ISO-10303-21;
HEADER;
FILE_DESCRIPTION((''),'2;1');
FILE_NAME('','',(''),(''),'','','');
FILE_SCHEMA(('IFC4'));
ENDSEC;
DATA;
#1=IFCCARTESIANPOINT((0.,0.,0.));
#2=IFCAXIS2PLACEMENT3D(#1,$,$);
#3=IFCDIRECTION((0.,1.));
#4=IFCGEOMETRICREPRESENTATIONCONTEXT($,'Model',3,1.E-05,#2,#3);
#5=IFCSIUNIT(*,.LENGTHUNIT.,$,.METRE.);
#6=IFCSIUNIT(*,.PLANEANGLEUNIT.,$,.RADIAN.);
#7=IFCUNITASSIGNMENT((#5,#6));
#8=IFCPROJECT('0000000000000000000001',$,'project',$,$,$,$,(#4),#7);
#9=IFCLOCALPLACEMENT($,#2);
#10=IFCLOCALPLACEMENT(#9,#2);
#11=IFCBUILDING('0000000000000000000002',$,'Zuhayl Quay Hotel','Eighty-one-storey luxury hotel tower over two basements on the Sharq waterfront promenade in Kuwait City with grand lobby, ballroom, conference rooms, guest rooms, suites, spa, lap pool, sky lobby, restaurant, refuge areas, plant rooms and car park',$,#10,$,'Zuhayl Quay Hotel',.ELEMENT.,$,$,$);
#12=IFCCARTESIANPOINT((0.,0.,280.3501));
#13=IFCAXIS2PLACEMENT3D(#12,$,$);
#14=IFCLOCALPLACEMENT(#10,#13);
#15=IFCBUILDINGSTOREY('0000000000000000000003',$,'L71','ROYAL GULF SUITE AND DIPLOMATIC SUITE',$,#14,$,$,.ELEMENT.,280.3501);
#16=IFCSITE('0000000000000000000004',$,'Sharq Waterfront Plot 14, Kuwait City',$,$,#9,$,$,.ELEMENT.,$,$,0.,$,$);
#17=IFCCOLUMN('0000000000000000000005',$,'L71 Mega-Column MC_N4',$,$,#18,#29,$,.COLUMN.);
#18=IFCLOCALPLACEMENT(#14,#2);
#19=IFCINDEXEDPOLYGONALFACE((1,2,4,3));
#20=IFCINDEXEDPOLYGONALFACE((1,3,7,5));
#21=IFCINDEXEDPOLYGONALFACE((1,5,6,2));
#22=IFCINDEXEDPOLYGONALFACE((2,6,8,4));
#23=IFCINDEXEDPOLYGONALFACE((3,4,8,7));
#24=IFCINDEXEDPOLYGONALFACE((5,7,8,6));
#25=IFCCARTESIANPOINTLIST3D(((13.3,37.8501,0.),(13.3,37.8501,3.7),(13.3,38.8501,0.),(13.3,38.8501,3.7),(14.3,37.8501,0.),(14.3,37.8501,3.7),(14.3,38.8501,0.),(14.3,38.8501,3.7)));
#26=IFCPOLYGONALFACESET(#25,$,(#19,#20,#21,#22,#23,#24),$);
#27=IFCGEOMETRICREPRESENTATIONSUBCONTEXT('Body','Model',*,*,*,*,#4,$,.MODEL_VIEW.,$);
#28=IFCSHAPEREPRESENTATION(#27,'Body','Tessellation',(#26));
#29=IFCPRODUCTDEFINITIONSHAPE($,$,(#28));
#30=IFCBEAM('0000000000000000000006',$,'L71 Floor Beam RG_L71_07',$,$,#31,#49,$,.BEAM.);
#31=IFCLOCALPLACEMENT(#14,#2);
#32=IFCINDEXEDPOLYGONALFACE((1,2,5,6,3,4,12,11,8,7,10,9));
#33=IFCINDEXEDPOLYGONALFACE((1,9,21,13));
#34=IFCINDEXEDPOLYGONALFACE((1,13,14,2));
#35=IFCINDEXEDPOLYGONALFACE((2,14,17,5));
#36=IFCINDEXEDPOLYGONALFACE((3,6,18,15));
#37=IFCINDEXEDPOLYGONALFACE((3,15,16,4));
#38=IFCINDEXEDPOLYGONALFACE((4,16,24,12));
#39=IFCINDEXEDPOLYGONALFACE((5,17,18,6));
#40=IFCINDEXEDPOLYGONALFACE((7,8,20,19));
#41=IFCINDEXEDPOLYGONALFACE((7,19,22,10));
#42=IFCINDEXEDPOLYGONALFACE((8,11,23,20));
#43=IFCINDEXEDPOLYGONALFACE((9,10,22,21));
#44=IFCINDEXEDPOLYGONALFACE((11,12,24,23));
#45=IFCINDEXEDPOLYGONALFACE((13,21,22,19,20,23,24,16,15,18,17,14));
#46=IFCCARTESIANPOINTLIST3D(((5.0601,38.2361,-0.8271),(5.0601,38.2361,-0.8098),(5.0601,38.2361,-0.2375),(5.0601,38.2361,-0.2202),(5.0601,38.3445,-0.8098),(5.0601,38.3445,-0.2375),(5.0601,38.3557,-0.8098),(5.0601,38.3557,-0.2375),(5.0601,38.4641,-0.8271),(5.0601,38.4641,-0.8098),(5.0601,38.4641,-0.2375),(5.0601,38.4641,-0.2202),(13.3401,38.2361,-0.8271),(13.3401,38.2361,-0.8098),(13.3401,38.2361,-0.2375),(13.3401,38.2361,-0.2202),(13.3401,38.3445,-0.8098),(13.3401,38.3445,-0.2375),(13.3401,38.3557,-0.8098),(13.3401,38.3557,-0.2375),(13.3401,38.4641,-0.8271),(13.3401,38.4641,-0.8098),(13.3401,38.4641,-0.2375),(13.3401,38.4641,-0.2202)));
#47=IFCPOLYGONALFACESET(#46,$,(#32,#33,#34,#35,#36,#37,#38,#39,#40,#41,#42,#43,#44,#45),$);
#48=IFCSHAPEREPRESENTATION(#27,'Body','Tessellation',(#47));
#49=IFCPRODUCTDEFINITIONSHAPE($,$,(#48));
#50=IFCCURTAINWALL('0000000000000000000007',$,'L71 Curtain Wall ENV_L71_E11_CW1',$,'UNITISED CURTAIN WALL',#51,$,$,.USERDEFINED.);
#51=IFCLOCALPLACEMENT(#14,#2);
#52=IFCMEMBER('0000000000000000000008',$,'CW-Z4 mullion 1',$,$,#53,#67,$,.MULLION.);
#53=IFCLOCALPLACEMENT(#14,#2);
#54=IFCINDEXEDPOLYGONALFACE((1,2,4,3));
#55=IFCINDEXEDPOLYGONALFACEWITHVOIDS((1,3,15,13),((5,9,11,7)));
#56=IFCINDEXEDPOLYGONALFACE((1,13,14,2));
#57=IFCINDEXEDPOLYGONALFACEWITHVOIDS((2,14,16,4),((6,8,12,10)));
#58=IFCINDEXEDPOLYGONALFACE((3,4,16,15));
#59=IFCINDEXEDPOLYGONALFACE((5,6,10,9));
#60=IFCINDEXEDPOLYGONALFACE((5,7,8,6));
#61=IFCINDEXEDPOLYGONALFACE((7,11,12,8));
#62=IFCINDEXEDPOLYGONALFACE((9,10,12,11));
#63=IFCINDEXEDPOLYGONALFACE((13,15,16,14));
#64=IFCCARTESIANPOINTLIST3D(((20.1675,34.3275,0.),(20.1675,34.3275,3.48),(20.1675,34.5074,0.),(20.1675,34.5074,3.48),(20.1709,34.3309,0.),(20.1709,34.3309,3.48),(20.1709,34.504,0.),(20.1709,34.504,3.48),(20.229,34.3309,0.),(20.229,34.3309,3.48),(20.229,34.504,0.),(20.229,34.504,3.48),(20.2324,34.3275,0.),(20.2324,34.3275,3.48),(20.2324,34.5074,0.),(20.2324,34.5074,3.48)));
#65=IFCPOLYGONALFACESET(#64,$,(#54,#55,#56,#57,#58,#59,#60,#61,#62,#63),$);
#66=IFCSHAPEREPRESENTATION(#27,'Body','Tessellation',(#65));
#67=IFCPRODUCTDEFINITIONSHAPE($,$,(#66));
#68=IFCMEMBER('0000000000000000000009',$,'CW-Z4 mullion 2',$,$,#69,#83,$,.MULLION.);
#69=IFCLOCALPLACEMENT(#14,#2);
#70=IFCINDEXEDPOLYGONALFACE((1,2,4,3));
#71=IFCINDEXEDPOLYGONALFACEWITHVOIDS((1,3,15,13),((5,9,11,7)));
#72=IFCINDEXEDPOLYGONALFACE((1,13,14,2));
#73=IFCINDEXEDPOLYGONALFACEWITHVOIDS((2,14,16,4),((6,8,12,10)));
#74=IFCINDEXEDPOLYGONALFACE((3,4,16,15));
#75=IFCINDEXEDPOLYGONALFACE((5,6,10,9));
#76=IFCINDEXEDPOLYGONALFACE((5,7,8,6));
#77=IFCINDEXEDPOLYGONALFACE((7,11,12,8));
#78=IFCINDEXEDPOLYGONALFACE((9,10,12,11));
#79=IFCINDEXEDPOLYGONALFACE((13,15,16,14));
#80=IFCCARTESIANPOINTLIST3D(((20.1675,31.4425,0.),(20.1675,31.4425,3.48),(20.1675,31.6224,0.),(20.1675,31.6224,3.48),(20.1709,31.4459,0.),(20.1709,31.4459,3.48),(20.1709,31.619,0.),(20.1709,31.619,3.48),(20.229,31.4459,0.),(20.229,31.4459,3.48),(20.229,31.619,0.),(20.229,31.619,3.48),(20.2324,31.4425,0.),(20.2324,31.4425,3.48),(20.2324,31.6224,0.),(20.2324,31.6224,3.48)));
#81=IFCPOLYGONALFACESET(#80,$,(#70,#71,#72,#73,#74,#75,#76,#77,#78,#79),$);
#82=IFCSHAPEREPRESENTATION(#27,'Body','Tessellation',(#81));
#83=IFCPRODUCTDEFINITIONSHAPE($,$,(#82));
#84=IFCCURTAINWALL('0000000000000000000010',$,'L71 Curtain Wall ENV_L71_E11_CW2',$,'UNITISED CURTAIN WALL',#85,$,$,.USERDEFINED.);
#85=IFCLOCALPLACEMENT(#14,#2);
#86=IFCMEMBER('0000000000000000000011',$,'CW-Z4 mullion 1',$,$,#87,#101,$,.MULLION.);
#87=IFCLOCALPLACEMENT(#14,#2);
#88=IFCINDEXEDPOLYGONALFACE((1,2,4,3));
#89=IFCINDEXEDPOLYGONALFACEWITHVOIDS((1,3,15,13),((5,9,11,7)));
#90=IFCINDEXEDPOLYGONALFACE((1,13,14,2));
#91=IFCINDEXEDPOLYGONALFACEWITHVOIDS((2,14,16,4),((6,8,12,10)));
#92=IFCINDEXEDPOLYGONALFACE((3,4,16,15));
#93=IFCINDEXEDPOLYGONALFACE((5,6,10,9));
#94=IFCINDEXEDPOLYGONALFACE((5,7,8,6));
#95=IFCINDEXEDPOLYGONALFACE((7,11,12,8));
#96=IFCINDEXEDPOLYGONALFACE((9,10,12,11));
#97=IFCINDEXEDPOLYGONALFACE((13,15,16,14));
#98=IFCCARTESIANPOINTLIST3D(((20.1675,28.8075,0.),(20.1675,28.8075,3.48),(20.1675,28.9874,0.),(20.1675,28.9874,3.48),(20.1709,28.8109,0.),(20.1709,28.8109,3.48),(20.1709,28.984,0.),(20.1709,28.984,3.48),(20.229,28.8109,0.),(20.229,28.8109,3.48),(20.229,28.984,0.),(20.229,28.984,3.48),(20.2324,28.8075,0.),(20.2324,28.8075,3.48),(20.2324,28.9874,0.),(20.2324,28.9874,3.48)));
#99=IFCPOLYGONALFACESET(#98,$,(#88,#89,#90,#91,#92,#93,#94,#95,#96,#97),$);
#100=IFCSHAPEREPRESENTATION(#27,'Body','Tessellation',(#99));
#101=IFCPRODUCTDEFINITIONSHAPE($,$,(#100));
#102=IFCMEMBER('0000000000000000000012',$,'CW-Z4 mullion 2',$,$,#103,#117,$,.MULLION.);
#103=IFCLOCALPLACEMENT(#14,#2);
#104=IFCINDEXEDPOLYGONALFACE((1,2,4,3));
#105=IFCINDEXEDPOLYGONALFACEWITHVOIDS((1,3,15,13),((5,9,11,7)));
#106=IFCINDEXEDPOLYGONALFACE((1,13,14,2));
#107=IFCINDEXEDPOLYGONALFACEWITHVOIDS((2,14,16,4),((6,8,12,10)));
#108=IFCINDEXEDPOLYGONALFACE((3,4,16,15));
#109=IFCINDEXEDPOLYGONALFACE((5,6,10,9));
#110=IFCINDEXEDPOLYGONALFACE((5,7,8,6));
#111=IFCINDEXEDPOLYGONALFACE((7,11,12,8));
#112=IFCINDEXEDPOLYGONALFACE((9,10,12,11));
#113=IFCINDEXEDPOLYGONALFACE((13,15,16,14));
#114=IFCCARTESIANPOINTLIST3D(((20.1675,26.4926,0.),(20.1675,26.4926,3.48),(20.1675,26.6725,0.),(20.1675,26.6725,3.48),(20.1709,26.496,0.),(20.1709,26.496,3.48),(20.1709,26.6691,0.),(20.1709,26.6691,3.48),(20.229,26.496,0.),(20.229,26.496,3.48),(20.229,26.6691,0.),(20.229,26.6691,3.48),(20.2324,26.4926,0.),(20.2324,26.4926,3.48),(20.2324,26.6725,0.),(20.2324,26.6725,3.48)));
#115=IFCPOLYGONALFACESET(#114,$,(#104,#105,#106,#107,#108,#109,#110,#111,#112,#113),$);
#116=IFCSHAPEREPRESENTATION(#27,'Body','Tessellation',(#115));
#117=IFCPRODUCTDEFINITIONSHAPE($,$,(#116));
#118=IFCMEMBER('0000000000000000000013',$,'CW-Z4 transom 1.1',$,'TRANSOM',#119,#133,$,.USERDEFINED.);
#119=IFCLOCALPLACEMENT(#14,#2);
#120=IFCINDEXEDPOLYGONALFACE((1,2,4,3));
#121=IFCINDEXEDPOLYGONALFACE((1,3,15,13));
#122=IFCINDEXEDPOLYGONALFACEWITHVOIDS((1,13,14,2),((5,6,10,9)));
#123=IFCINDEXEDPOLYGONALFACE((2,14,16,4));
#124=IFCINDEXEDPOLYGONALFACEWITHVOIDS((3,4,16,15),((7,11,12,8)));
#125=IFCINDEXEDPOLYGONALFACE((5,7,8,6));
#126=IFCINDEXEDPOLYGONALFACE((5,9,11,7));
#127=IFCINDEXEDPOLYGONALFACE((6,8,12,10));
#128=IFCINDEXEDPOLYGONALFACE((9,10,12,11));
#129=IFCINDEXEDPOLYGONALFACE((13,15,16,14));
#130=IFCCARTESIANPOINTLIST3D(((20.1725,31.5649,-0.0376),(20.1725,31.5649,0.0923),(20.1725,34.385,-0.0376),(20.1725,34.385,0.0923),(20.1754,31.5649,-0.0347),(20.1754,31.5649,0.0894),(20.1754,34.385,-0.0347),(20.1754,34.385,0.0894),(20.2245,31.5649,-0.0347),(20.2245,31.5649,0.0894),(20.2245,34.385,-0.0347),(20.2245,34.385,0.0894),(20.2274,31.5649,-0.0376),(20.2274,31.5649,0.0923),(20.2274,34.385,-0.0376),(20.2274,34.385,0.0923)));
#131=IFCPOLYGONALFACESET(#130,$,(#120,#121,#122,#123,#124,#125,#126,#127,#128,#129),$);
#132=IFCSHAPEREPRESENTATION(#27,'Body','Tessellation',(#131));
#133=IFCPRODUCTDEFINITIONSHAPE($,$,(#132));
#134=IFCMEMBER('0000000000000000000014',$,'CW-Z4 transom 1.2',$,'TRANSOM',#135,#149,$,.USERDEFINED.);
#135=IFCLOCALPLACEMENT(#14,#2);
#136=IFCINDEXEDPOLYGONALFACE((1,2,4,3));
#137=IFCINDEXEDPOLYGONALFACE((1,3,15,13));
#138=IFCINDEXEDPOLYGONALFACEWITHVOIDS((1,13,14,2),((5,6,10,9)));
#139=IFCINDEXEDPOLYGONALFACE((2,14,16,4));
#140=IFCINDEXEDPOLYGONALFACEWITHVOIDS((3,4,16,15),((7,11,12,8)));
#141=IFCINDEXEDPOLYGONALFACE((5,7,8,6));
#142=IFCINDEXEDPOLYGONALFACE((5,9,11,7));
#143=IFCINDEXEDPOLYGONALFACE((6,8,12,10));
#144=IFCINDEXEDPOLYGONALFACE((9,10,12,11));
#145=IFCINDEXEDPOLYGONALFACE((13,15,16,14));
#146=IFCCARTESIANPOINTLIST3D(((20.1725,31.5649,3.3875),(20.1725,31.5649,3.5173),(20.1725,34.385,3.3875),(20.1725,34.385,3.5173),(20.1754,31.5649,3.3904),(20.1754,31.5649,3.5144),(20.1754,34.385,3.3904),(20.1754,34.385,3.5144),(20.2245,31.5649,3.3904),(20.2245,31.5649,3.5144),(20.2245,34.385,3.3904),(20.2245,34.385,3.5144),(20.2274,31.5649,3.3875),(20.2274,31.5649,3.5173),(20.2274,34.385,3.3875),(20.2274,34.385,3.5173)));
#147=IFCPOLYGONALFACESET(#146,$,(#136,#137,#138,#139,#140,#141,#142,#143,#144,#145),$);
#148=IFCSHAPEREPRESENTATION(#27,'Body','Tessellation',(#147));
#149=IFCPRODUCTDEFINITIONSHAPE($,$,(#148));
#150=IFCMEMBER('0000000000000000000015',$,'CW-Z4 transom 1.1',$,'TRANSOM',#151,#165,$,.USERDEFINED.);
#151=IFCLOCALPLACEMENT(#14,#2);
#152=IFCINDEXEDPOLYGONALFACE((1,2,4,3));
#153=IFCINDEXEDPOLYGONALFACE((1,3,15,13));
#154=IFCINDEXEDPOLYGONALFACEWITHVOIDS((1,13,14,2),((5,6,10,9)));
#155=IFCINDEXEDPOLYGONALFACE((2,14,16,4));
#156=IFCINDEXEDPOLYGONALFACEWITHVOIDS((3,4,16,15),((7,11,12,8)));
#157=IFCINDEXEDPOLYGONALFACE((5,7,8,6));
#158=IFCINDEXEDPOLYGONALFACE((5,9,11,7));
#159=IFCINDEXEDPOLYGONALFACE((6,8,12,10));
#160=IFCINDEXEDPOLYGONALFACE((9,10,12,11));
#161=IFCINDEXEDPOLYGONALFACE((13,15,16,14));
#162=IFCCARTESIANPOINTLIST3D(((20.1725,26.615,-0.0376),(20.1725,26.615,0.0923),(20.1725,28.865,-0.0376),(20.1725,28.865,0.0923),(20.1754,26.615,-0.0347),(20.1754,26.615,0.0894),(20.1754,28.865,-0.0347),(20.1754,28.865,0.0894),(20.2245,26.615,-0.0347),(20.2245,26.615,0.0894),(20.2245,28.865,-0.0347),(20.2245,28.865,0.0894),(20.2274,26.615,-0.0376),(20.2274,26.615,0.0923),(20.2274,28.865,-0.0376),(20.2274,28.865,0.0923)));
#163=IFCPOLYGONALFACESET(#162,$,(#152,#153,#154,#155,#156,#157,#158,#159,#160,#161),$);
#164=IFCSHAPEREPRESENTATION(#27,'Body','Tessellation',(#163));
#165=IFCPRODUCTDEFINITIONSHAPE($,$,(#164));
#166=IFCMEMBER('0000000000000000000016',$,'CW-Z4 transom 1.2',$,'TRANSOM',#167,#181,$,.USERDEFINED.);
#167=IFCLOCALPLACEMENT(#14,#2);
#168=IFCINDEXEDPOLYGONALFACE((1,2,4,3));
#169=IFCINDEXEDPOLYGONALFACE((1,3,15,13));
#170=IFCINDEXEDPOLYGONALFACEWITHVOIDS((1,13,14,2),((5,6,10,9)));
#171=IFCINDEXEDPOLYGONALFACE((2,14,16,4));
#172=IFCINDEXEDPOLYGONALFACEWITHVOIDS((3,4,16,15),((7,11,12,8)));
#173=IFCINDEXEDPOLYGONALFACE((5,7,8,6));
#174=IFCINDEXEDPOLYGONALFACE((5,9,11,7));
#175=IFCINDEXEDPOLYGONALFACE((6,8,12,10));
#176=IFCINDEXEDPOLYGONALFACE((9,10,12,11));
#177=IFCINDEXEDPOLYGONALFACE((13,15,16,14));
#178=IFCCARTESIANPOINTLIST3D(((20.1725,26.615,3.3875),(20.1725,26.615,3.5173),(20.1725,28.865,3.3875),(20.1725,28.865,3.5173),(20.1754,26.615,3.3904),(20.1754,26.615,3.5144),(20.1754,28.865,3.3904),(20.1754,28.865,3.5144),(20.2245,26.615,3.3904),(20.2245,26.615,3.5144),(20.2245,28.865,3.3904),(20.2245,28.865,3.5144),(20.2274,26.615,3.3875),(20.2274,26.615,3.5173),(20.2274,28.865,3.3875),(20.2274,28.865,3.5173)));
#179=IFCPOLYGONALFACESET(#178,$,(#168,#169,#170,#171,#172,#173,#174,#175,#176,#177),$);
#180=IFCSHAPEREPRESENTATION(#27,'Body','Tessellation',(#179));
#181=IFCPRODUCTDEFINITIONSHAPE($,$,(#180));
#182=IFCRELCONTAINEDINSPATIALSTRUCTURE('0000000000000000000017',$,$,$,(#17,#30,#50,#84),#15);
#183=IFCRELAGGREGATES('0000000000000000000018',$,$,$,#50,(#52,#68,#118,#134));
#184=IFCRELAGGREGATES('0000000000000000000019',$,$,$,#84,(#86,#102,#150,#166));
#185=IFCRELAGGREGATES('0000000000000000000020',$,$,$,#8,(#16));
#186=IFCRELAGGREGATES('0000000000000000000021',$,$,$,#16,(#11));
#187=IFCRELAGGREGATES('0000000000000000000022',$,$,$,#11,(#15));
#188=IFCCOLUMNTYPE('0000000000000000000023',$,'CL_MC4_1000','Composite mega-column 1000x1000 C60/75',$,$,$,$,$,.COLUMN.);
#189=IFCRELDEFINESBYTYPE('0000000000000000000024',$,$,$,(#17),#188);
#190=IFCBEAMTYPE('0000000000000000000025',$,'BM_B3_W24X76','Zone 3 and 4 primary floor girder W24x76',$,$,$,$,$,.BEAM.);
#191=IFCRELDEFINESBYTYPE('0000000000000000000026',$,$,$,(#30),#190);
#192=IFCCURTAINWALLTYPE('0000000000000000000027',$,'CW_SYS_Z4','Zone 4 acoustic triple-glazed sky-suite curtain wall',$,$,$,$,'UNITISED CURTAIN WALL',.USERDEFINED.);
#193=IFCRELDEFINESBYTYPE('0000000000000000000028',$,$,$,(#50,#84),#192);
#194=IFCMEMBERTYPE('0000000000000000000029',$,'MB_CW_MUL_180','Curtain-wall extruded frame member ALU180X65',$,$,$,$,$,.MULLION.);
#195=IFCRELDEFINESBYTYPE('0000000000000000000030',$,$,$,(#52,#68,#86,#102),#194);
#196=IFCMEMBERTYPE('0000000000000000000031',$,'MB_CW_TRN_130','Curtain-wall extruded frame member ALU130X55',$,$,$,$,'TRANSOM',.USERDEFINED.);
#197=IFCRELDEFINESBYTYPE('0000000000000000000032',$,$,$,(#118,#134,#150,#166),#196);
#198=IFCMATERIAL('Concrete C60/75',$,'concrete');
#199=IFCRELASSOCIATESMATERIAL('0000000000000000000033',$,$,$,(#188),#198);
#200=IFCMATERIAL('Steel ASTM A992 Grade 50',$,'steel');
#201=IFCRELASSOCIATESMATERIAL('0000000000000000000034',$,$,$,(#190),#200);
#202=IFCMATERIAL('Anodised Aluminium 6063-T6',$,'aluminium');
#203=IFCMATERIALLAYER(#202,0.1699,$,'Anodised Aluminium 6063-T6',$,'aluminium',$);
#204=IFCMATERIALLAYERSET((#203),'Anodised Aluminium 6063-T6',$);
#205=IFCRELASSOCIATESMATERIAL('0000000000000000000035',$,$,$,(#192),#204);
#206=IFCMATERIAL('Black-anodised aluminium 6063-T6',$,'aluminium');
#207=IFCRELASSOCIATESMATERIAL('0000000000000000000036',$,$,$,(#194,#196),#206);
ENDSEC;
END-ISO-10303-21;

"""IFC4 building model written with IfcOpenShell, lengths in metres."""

from ifc_helpers import new_model, si_unit, direction, frame, origin, origin_2d, place, context, subcontext, project, spatial, rectangle, hollow_rectangle, i_section, extrude, material, layer, layer_set, material_profile, profile_set, type_object, element, aggregate, save


model = new_model("IFC4")

# Units and contexts
model_context = context("Model", 3, precision=1e-05, world=origin(), true_north=direction((0.0, 1.0)))
body_context = subcontext(model_context, "Body", "Model", "MODEL_VIEW")
ifc_project = project(units=[si_unit("LENGTHUNIT", "METRE"), si_unit("PLANEANGLEUNIT", "RADIAN")], contexts=[model_context])

# Site, building, storey
site_placement = place(None, origin())
site = spatial("IfcSite", under=ifc_project, at=site_placement, Name="Sharq Waterfront Plot 14, Kuwait City", CompositionType="ELEMENT", RefElevation=0.0)
building_placement = place(site_placement, origin())
building = spatial("IfcBuilding", under=site, at=building_placement, Name="Zuhayl Quay Hotel", Description="Eighty-one-storey luxury hotel tower over two basements on the Sharq waterfront promenade in Kuwait City with grand lobby, ballroom, conference rooms, guest rooms, suites, spa, lap pool, sky lobby, restaurant, refuge areas, plant rooms and car park", LongName="Zuhayl Quay Hotel", CompositionType="ELEMENT")
storey_placement = place(building_placement, frame((0.0, 0.0, 280.3501)))
storey = spatial("IfcBuildingStorey", under=building, at=storey_placement, Name="L71", Description="ROYAL GULF SUITE AND DIPLOMATIC SUITE", CompositionType="ELEMENT", Elevation=280.3501)

# Column
ifc_material_1 = material(Name="Concrete C60/75", Category="concrete")
ifc_material_profile_1 = material_profile(ifc_material_1, rectangle(XDim=1.0, YDim=1.0, at=origin_2d()), Name="RC1000X1000")
ifc_profile_set_1 = profile_set([ifc_material_profile_1], Name="Concrete C60/75")
column_type = type_object("IfcColumnType", Name="CL_MC4_1000", Description="Composite mega-column 1000x1000 C60/75", PredefinedType="COLUMN", material=ifc_profile_set_1)
column_placement = place(storey_placement, frame((13.8, 38.3501, 0.0), z_axis=(0.0, 0.0, 1.0), x_axis=(1.0, 0.0, 0.0)))
element("IfcColumn", 1, at=column_placement, inside=storey, type_object=column_type, Name="L71 Mega-Column MC_N4", PredefinedType="COLUMN", context=body_context, shape_type="SweptSolid", body=[
    extrude(rectangle(XDim=1.0, YDim=1.0, at=origin_2d()), origin(), (0.0, 0.0, 1.0), 3.7),
])

# Beam
ifc_material_2 = material(Name="Steel ASTM A992 Grade 50", Category="steel")
ifc_material_profile_2 = material_profile(ifc_material_2, i_section(OverallWidth=0.228, OverallDepth=0.6069, WebThickness=0.0112, FlangeThickness=0.0173, at=origin_2d()), Name="W24X76")
ifc_profile_set_2 = profile_set([ifc_material_profile_2], Name="Steel ASTM A992 Grade 50")
beam_type = type_object("IfcBeamType", Name="BM_B3_W24X76", Description="Zone 3 and 4 primary floor girder W24x76", PredefinedType="BEAM", material=ifc_profile_set_2)
beam_placement = place(storey_placement, frame((13.3401, 38.3501, -0.5237), z_axis=(-1.0, 0.0, 0.0), x_axis=(0.0, -1.0, 0.0)))
element("IfcBeam", 2, at=beam_placement, inside=storey, type_object=beam_type, Name="L71 Floor Beam RG_L71_07", PredefinedType="BEAM", context=body_context, shape_type="SweptSolid", body=[
    extrude(i_section(OverallWidth=0.228, OverallDepth=0.6069, WebThickness=0.0112, FlangeThickness=0.0173, at=origin_2d()), origin(), (0.0, 0.0, 1.0), 8.28),
])

# Curtain walls, members
ifc_material_3 = material(Name="Anodised Aluminium 6063-T6", Category="aluminium")
ifc_layer_1 = layer(ifc_material_3, 0.1699, Name="Anodised Aluminium 6063-T6", Category="aluminium")
ifc_layer_set_1 = layer_set([ifc_layer_1], Name="Anodised Aluminium 6063-T6")
curtain_wall_type = type_object("IfcCurtainWallType", Name="CW_SYS_Z4", Description="Zone 4 acoustic triple-glazed sky-suite curtain wall", ElementType="UNITISED CURTAIN WALL", PredefinedType="USERDEFINED", material=ifc_layer_set_1)
curtain_wall_1_placement = place(storey_placement, origin())
curtain_wall_1 = element("IfcCurtainWall", 3, at=curtain_wall_1_placement, inside=storey, type_object=curtain_wall_type, Name="L71 Curtain Wall ENV_L71_E11_CW1", ObjectType="UNITISED CURTAIN WALL", PredefinedType="USERDEFINED")
ifc_material_4 = material(Name="Black-anodised aluminium 6063-T6", Category="aluminium")
ifc_material_profile_3 = material_profile(ifc_material_4, hollow_rectangle(XDim=0.0649, YDim=0.1799, WallThickness=0.0034, at=origin_2d()), Name="ALU180X65")
ifc_profile_set_3 = profile_set([ifc_material_profile_3], Name="Black-anodised aluminium 6063-T6")
member_type_1 = type_object("IfcMemberType", Name="MB_CW_MUL_180", Description="Curtain-wall extruded frame member ALU180X65", PredefinedType="MULLION", material=ifc_profile_set_3)
member_1_placement = place(storey_placement, frame((20.2, 34.4175, 0.0), z_axis=(0.0, 0.0, 1.0), x_axis=(1.0, 0.0, 0.0)))
member_1 = element("IfcMember", 4, at=member_1_placement, type_object=member_type_1, Name="CW-Z4 mullion 1", PredefinedType="MULLION", context=body_context, shape_type="SweptSolid", body=[
    extrude(hollow_rectangle(XDim=0.0649, YDim=0.1799, WallThickness=0.0034, at=origin_2d()), origin(), (0.0, 0.0, 1.0), 3.48),
])
member_2_placement = place(storey_placement, frame((20.2, 31.5325, 0.0), z_axis=(0.0, 0.0, 1.0), x_axis=(1.0, 0.0, 0.0)))
member_2 = element("IfcMember", 5, at=member_2_placement, type_object=member_type_1, Name="CW-Z4 mullion 2", PredefinedType="MULLION", context=body_context, shape_type="SweptSolid", body=[
    extrude(hollow_rectangle(XDim=0.0649, YDim=0.1799, WallThickness=0.0034, at=origin_2d()), origin(), (0.0, 0.0, 1.0), 3.48),
])
curtain_wall_2_placement = place(storey_placement, origin())
curtain_wall_2 = element("IfcCurtainWall", 6, at=curtain_wall_2_placement, inside=storey, type_object=curtain_wall_type, Name="L71 Curtain Wall ENV_L71_E11_CW2", ObjectType="UNITISED CURTAIN WALL", PredefinedType="USERDEFINED")
member_3_placement = place(storey_placement, frame((20.2, 28.8975, 0.0), z_axis=(0.0, 0.0, 1.0), x_axis=(1.0, 0.0, 0.0)))
member_3 = element("IfcMember", 7, at=member_3_placement, type_object=member_type_1, Name="CW-Z4 mullion 1", PredefinedType="MULLION", context=body_context, shape_type="SweptSolid", body=[
    extrude(hollow_rectangle(XDim=0.0649, YDim=0.1799, WallThickness=0.0034, at=origin_2d()), origin(), (0.0, 0.0, 1.0), 3.48),
])
member_4_placement = place(storey_placement, frame((20.2, 26.5825, 0.0), z_axis=(0.0, 0.0, 1.0), x_axis=(1.0, 0.0, 0.0)))
member_4 = element("IfcMember", 8, at=member_4_placement, type_object=member_type_1, Name="CW-Z4 mullion 2", PredefinedType="MULLION", context=body_context, shape_type="SweptSolid", body=[
    extrude(hollow_rectangle(XDim=0.0649, YDim=0.1799, WallThickness=0.0034, at=origin_2d()), origin(), (0.0, 0.0, 1.0), 3.48),
])

# Members
ifc_material_profile_4 = material_profile(ifc_material_4, hollow_rectangle(XDim=0.0549, YDim=0.1299, WallThickness=0.0029, at=origin_2d()), Name="ALU130X55")
ifc_profile_set_4 = profile_set([ifc_material_profile_4], Name="Black-anodised aluminium 6063-T6")
member_type_2 = type_object("IfcMemberType", Name="MB_CW_TRN_130", Description="Curtain-wall extruded frame member ALU130X55", ElementType="TRANSOM", PredefinedType="USERDEFINED", material=ifc_profile_set_4)
member_5_placement = place(storey_placement, frame((20.2, 34.385, 0.0273), z_axis=(0.0, -1.0, 0.0), x_axis=(1.0, 0.0, 0.0)))
member_5 = element("IfcMember", 9, at=member_5_placement, type_object=member_type_2, Name="CW-Z4 transom 1.1", ObjectType="TRANSOM", PredefinedType="USERDEFINED", context=body_context, shape_type="SweptSolid", body=[
    extrude(hollow_rectangle(XDim=0.0549, YDim=0.1299, WallThickness=0.0029, at=origin_2d()), origin(), (0.0, 0.0, 1.0), 2.8201),
])
member_6_placement = place(storey_placement, frame((20.2, 34.385, 3.4524), z_axis=(0.0, -1.0, 0.0), x_axis=(1.0, 0.0, 0.0)))
member_6 = element("IfcMember", 10, at=member_6_placement, type_object=member_type_2, Name="CW-Z4 transom 1.2", ObjectType="TRANSOM", PredefinedType="USERDEFINED", context=body_context, shape_type="SweptSolid", body=[
    extrude(hollow_rectangle(XDim=0.0549, YDim=0.1299, WallThickness=0.0029, at=origin_2d()), origin(), (0.0, 0.0, 1.0), 2.8201),
])
member_7_placement = place(storey_placement, frame((20.2, 28.865, 0.0273), z_axis=(0.0, -1.0, 0.0), x_axis=(1.0, 0.0, 0.0)))
member_7 = element("IfcMember", 11, at=member_7_placement, type_object=member_type_2, Name="CW-Z4 transom 1.1", ObjectType="TRANSOM", PredefinedType="USERDEFINED", context=body_context, shape_type="SweptSolid", body=[
    extrude(hollow_rectangle(XDim=0.0549, YDim=0.1299, WallThickness=0.0029, at=origin_2d()), origin(), (0.0, 0.0, 1.0), 2.25),
])
member_8_placement = place(storey_placement, frame((20.2, 28.865, 3.4524), z_axis=(0.0, -1.0, 0.0), x_axis=(1.0, 0.0, 0.0)))
member_8 = element("IfcMember", 12, at=member_8_placement, type_object=member_type_2, Name="CW-Z4 transom 1.2", ObjectType="TRANSOM", PredefinedType="USERDEFINED", context=body_context, shape_type="SweptSolid", body=[
    extrude(hollow_rectangle(XDim=0.0549, YDim=0.1299, WallThickness=0.0029, at=origin_2d()), origin(), (0.0, 0.0, 1.0), 2.25),
])

aggregate(curtain_wall_1, [member_1, member_2, member_5, member_6])
aggregate(curtain_wall_2, [member_3, member_4, member_7, member_8])

save(model, "model.ifc")
